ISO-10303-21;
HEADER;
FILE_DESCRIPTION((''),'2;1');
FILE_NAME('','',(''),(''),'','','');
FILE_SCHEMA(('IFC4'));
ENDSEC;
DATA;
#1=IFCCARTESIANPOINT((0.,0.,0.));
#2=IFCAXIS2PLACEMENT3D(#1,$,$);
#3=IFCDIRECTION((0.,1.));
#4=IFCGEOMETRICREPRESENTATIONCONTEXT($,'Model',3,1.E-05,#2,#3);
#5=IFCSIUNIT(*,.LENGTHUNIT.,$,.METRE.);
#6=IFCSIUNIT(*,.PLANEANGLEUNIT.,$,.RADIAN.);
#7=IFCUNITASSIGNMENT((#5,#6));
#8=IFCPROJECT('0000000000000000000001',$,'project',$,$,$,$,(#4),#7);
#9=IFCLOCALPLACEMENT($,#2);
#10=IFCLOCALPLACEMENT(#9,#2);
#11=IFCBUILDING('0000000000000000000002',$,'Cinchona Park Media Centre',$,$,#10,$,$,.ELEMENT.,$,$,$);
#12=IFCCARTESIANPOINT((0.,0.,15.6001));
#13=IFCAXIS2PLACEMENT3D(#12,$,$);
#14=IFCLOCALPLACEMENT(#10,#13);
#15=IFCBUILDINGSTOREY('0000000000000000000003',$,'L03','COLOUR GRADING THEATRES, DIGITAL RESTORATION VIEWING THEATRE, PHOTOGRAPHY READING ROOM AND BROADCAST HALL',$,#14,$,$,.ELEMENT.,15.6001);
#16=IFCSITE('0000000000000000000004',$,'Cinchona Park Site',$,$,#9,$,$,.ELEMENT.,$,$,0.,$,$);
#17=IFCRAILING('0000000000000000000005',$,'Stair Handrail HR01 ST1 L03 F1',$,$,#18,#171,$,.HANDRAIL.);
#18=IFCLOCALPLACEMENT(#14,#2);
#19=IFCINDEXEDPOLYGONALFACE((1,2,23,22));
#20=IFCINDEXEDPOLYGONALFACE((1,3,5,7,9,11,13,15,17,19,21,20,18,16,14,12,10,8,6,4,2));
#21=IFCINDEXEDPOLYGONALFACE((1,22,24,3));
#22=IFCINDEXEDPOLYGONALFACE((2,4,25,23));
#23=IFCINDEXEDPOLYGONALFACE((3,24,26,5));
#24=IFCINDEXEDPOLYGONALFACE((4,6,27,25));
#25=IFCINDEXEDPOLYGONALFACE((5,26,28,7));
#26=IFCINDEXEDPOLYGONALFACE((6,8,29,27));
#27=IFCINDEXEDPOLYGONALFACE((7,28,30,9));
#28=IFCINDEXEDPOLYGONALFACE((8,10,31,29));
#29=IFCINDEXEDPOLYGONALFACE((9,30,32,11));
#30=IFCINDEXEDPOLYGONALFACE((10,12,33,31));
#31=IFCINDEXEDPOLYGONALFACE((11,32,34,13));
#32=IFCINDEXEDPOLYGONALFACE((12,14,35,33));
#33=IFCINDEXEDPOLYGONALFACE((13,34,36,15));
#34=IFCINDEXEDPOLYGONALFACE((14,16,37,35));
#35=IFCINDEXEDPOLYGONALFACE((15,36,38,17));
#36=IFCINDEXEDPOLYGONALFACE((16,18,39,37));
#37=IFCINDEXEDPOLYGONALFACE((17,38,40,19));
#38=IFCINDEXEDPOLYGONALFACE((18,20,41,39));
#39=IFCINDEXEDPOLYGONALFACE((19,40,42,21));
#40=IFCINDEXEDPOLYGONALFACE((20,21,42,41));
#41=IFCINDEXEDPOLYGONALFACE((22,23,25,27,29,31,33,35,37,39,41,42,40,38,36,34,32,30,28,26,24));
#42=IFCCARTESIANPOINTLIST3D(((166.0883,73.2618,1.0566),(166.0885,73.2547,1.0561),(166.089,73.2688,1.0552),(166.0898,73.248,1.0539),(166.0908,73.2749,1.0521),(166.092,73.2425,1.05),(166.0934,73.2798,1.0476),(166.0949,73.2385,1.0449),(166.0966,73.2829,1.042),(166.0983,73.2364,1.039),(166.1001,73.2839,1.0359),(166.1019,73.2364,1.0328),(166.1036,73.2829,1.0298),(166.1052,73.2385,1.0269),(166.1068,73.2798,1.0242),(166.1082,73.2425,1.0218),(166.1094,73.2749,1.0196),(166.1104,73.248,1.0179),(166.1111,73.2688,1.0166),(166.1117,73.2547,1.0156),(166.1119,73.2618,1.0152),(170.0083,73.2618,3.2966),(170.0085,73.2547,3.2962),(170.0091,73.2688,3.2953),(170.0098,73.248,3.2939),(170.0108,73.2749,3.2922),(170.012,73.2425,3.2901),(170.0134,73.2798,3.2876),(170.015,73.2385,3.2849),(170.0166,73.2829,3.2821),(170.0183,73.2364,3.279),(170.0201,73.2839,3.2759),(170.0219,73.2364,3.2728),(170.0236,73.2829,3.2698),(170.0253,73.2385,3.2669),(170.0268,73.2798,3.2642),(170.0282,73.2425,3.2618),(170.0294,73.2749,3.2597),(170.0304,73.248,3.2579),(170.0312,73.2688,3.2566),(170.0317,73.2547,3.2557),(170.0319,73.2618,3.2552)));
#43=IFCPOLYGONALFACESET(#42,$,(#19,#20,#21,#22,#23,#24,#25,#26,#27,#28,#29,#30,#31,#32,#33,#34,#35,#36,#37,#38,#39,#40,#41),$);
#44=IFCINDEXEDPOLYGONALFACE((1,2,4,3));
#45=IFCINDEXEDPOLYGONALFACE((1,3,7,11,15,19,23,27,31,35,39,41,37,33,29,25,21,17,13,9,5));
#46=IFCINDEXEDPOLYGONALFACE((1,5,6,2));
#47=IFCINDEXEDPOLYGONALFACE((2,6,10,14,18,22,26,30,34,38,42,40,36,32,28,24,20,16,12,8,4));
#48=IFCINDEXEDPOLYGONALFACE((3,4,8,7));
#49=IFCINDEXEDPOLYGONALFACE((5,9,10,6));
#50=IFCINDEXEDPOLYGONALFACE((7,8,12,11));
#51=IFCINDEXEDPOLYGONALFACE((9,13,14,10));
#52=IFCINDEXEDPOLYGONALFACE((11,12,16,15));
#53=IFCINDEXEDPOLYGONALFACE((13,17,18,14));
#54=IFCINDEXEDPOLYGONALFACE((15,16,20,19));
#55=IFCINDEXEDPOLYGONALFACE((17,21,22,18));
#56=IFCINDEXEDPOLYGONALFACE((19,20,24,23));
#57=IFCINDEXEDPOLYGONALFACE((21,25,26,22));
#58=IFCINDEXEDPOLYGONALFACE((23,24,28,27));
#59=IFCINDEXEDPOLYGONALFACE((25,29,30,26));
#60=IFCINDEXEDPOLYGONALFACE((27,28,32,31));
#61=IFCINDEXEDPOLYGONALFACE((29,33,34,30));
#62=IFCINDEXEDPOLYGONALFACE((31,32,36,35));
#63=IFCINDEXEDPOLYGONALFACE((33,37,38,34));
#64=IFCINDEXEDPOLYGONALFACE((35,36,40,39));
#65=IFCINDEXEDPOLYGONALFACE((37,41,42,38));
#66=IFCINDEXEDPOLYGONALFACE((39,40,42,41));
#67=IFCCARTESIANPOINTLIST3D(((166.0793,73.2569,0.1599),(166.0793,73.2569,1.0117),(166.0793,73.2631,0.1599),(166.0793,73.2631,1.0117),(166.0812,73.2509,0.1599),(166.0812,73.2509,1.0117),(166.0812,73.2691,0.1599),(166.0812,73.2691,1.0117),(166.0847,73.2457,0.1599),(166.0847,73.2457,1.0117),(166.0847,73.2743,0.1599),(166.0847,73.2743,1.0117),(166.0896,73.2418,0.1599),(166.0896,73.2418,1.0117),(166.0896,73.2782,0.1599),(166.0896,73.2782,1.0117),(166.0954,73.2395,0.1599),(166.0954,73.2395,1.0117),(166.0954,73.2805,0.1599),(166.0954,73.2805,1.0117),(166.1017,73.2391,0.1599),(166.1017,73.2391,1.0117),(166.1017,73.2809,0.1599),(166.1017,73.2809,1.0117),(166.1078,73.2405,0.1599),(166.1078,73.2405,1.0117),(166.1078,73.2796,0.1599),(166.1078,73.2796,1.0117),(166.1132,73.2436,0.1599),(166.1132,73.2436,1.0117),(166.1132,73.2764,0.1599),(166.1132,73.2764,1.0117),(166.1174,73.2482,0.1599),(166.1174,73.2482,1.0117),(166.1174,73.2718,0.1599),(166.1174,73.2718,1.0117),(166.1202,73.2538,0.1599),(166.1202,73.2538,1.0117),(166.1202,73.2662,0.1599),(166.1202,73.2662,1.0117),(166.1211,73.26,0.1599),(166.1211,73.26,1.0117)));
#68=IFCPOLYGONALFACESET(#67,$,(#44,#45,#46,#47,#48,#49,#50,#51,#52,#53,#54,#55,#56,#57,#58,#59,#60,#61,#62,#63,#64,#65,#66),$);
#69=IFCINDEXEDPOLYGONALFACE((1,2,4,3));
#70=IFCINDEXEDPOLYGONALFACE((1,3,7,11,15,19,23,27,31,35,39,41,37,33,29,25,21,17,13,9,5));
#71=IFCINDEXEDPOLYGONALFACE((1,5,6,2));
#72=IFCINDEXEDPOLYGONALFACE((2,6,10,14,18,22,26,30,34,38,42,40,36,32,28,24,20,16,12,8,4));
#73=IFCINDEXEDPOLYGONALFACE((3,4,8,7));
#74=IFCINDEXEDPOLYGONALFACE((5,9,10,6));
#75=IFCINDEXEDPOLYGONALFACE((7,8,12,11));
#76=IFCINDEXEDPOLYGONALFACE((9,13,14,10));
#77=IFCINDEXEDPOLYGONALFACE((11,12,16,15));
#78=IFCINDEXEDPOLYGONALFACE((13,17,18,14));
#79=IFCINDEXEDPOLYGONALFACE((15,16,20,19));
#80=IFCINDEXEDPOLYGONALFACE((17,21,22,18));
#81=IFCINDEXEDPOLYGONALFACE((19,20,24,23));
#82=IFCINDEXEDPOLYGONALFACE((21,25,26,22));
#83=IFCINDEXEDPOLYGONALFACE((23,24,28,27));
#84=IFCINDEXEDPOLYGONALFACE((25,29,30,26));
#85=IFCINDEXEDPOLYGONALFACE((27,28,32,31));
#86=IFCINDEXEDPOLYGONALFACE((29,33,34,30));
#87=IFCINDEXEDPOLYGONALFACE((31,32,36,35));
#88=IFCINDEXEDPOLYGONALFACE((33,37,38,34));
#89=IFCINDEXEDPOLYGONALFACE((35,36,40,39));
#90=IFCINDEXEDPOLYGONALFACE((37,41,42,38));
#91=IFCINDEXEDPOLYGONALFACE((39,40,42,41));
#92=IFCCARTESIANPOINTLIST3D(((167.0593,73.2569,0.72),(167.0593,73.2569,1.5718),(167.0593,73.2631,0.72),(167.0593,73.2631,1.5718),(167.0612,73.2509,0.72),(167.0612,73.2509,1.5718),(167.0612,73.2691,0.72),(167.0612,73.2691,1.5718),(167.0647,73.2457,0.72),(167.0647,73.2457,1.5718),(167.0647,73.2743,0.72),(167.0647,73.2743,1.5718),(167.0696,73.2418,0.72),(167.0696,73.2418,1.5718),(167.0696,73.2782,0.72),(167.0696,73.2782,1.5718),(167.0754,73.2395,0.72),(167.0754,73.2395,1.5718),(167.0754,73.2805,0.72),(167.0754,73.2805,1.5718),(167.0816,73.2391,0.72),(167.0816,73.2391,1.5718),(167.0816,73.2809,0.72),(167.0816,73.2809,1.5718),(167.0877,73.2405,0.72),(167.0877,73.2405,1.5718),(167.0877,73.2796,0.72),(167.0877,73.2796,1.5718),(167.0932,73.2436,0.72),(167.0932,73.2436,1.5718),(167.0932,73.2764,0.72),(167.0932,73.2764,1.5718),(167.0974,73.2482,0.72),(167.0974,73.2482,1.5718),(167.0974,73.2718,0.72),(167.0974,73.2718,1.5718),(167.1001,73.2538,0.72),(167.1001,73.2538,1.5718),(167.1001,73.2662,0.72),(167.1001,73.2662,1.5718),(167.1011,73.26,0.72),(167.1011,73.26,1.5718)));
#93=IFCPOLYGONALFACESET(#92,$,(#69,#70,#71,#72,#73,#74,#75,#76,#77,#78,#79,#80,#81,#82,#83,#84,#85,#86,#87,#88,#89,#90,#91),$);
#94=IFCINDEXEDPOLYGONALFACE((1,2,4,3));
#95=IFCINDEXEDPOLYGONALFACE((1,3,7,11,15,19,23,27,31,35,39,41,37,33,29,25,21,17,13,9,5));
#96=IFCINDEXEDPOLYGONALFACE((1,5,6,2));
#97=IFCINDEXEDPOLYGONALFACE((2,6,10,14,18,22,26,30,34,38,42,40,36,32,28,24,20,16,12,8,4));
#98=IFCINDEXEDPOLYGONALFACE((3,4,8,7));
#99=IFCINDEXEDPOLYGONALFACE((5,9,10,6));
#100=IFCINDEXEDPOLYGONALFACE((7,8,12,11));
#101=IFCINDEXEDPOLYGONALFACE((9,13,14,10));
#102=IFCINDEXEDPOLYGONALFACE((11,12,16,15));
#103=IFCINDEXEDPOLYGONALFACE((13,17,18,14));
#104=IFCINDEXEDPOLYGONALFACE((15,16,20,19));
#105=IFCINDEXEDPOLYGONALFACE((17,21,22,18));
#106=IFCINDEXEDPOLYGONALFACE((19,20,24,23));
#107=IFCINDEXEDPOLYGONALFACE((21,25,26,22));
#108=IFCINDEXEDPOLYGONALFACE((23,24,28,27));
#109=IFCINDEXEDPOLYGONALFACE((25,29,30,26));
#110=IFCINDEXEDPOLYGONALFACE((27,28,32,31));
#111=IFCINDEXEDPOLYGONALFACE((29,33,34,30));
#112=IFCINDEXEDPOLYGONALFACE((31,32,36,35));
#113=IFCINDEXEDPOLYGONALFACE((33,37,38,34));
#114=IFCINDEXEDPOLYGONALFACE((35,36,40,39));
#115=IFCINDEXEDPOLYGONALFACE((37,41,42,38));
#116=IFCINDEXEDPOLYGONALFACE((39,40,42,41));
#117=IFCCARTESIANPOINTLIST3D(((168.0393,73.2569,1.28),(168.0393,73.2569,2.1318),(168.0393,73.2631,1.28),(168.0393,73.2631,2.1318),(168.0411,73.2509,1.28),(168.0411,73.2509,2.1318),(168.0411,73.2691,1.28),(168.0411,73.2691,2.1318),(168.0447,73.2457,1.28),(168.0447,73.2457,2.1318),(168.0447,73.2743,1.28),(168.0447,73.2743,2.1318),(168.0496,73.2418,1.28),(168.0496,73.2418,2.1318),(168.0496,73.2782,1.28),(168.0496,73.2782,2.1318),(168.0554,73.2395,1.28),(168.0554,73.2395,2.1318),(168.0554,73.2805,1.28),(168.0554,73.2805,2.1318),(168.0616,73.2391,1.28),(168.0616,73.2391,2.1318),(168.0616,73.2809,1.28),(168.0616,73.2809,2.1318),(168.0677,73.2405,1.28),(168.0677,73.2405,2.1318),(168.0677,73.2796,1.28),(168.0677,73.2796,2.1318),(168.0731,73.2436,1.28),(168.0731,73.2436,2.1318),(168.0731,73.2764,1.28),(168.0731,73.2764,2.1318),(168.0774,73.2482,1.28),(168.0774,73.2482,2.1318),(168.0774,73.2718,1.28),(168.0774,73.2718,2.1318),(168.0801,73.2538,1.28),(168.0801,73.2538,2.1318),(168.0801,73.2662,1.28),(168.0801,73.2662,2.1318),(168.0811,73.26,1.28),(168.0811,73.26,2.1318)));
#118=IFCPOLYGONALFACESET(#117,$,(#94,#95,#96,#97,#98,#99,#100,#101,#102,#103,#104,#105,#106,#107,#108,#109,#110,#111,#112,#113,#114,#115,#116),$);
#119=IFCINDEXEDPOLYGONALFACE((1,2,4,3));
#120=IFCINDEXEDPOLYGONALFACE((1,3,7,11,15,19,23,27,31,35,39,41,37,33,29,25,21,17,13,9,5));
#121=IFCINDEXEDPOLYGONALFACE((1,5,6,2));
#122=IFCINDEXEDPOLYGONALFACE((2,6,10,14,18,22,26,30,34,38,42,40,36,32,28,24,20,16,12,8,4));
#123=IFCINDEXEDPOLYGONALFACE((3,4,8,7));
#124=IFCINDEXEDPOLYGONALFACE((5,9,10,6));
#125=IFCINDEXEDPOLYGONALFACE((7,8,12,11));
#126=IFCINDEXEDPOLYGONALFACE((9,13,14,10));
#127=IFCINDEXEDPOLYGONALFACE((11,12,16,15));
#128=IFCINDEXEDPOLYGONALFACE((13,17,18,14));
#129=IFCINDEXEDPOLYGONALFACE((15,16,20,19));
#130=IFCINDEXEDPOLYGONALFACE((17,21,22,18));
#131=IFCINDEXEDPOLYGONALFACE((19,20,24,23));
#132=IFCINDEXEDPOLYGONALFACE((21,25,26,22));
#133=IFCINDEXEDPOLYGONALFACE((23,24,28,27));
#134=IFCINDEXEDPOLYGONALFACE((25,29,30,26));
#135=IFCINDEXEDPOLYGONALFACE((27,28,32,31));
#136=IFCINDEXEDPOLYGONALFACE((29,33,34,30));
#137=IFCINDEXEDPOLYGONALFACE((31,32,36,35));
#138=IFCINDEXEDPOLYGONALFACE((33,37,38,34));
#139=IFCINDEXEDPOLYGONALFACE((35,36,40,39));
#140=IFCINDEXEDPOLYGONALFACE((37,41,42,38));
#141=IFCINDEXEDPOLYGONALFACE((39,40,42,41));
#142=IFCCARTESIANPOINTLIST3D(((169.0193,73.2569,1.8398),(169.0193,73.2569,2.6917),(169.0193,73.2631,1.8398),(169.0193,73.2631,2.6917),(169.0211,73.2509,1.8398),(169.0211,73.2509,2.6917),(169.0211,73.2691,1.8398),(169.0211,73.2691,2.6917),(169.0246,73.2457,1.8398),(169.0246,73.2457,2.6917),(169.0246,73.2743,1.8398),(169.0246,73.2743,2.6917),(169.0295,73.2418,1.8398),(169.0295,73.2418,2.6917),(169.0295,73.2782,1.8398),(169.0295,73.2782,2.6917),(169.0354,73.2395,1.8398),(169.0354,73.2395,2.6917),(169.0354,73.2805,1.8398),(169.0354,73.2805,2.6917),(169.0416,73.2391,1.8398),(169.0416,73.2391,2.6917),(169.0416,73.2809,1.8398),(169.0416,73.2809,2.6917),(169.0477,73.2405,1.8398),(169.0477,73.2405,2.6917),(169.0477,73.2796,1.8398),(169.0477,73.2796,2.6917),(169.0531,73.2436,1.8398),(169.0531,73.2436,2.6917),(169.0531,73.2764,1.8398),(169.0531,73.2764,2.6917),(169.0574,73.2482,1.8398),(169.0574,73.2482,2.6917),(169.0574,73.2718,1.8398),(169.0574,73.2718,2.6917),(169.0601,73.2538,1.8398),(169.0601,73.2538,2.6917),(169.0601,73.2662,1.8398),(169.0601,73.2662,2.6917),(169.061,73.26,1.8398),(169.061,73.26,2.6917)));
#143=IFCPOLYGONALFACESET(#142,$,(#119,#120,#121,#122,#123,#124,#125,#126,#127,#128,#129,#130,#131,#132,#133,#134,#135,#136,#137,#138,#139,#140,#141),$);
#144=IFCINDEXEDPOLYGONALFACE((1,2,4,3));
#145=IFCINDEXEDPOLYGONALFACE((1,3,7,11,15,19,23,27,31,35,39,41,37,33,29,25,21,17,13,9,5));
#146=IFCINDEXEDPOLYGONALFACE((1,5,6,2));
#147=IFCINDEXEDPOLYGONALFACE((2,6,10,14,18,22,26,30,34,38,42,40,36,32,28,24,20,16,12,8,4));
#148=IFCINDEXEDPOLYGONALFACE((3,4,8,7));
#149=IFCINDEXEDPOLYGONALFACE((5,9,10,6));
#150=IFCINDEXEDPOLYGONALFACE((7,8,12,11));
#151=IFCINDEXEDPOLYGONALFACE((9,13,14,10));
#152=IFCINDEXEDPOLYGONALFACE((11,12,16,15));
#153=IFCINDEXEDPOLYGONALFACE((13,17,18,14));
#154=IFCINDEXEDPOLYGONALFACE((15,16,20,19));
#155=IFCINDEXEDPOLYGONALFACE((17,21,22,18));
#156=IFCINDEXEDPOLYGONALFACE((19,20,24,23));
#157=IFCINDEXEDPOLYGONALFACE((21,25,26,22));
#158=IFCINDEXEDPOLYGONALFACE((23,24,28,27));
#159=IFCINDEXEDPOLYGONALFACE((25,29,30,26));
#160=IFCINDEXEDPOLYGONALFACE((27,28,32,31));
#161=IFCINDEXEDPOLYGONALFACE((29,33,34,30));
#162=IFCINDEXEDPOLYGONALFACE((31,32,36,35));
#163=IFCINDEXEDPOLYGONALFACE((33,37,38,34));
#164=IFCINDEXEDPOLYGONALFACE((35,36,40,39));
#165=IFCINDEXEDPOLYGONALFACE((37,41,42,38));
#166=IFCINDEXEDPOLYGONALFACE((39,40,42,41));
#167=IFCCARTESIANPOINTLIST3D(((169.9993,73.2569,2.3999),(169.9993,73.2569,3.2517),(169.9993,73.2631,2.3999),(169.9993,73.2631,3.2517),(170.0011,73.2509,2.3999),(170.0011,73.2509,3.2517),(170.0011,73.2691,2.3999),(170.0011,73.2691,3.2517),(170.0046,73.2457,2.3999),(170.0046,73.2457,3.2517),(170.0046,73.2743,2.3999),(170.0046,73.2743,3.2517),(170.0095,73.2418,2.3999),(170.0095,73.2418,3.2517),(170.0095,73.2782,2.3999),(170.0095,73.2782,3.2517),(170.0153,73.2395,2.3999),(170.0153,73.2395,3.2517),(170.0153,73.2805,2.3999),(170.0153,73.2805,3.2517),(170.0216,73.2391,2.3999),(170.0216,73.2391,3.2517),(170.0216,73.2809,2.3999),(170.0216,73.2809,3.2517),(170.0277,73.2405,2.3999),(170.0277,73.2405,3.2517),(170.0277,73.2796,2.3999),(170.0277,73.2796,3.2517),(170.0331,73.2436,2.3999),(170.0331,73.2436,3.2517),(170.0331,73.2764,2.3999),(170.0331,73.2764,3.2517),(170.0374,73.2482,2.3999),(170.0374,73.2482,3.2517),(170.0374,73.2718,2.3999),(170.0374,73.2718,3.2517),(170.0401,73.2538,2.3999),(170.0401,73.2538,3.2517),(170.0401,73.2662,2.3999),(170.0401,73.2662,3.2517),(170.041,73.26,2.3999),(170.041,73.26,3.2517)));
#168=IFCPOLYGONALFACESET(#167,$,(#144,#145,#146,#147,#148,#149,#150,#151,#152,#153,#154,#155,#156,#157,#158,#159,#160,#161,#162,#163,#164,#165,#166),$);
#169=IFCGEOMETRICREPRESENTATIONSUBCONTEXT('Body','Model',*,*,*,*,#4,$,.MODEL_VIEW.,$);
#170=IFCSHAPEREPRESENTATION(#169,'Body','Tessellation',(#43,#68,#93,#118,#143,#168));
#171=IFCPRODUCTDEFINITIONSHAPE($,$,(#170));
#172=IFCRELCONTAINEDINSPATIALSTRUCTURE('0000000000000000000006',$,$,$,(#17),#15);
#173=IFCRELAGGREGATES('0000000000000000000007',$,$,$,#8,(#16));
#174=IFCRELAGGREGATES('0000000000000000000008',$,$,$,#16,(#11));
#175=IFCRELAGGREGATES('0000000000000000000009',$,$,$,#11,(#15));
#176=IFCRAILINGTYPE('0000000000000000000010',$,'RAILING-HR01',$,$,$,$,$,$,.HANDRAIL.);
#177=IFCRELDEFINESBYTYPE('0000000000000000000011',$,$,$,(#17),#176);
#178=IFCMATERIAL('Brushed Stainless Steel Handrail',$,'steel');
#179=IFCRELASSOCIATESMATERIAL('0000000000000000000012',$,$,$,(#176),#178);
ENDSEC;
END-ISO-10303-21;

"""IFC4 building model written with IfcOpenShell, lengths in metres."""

from ifc_helpers import new_model, si_unit, direction, frame, origin, origin_2d, place, context, subcontext, project, spatial, circle, extrude, material, type_object, element, save


model = new_model("IFC4")

# Units and contexts
model_context = context("Model", 3, precision=1e-05, world=origin(), true_north=direction((0.0, 1.0)))
body_context = subcontext(model_context, "Body", "Model", "MODEL_VIEW")
ifc_project = project(units=[si_unit("LENGTHUNIT", "METRE"), si_unit("PLANEANGLEUNIT", "RADIAN")], contexts=[model_context])

# Site, building, storey
site_placement = place(None, origin())
site = spatial("IfcSite", under=ifc_project, at=site_placement, Name="Cinchona Park Site", CompositionType="ELEMENT", RefElevation=0.0)
building_placement = place(site_placement, origin())
building = spatial("IfcBuilding", under=site, at=building_placement, Name="Cinchona Park Media Centre", CompositionType="ELEMENT")
storey_placement = place(building_placement, frame((0.0, 0.0, 15.6001)))
storey = spatial("IfcBuildingStorey", under=building, at=storey_placement, Name="L03", Description="COLOUR GRADING THEATRES, DIGITAL RESTORATION VIEWING THEATRE, PHOTOGRAPHY READING ROOM AND BROADCAST HALL", CompositionType="ELEMENT", Elevation=15.6001)

# Railing
ifc_material_1 = material(Name="Brushed Stainless Steel Handrail", Category="steel")
railing_type_1 = type_object("IfcRailingType", Name="RAILING-HR01", PredefinedType="HANDRAIL", material=ifc_material_1)
railing_1_placement = place(storey_placement, frame((166.1001, 73.26, 0.1599)))
element("IfcRailing", 1, at=railing_1_placement, inside=storey, type_object=railing_type_1, Name="Stair Handrail HR01 ST1 L03 F1", PredefinedType="HANDRAIL", context=body_context, shape_type="SweptSolid", body=[
    extrude(circle(Radius=0.0239, at=origin_2d()), frame((0.0, 0.0, 0.876), z_axis=(0.86824, 0.0, 0.496145), x_axis=(0.0, 1.0, 0.0)), (0.0, 0.0, 1.0), 4.5149),
    extrude(circle(Radius=0.021, at=origin_2d()), origin(), (0.0, 0.0, 1.0), 0.8518),
    extrude(circle(Radius=0.021, at=origin_2d()), frame((0.98, 0.0, 0.5601)), (0.0, 0.0, 1.0), 0.8518),
    extrude(circle(Radius=0.021, at=origin_2d()), frame((1.96, 0.0, 1.1201)), (0.0, 0.0, 1.0), 0.8518),
    extrude(circle(Radius=0.021, at=origin_2d()), frame((2.9399, 0.0, 1.6799)), (0.0, 0.0, 1.0), 0.8518),
    extrude(circle(Radius=0.021, at=origin_2d()), frame((3.9199, 0.0, 2.24)), (0.0, 0.0, 1.0), 0.8518),
])

save(model, "model.ifc")
